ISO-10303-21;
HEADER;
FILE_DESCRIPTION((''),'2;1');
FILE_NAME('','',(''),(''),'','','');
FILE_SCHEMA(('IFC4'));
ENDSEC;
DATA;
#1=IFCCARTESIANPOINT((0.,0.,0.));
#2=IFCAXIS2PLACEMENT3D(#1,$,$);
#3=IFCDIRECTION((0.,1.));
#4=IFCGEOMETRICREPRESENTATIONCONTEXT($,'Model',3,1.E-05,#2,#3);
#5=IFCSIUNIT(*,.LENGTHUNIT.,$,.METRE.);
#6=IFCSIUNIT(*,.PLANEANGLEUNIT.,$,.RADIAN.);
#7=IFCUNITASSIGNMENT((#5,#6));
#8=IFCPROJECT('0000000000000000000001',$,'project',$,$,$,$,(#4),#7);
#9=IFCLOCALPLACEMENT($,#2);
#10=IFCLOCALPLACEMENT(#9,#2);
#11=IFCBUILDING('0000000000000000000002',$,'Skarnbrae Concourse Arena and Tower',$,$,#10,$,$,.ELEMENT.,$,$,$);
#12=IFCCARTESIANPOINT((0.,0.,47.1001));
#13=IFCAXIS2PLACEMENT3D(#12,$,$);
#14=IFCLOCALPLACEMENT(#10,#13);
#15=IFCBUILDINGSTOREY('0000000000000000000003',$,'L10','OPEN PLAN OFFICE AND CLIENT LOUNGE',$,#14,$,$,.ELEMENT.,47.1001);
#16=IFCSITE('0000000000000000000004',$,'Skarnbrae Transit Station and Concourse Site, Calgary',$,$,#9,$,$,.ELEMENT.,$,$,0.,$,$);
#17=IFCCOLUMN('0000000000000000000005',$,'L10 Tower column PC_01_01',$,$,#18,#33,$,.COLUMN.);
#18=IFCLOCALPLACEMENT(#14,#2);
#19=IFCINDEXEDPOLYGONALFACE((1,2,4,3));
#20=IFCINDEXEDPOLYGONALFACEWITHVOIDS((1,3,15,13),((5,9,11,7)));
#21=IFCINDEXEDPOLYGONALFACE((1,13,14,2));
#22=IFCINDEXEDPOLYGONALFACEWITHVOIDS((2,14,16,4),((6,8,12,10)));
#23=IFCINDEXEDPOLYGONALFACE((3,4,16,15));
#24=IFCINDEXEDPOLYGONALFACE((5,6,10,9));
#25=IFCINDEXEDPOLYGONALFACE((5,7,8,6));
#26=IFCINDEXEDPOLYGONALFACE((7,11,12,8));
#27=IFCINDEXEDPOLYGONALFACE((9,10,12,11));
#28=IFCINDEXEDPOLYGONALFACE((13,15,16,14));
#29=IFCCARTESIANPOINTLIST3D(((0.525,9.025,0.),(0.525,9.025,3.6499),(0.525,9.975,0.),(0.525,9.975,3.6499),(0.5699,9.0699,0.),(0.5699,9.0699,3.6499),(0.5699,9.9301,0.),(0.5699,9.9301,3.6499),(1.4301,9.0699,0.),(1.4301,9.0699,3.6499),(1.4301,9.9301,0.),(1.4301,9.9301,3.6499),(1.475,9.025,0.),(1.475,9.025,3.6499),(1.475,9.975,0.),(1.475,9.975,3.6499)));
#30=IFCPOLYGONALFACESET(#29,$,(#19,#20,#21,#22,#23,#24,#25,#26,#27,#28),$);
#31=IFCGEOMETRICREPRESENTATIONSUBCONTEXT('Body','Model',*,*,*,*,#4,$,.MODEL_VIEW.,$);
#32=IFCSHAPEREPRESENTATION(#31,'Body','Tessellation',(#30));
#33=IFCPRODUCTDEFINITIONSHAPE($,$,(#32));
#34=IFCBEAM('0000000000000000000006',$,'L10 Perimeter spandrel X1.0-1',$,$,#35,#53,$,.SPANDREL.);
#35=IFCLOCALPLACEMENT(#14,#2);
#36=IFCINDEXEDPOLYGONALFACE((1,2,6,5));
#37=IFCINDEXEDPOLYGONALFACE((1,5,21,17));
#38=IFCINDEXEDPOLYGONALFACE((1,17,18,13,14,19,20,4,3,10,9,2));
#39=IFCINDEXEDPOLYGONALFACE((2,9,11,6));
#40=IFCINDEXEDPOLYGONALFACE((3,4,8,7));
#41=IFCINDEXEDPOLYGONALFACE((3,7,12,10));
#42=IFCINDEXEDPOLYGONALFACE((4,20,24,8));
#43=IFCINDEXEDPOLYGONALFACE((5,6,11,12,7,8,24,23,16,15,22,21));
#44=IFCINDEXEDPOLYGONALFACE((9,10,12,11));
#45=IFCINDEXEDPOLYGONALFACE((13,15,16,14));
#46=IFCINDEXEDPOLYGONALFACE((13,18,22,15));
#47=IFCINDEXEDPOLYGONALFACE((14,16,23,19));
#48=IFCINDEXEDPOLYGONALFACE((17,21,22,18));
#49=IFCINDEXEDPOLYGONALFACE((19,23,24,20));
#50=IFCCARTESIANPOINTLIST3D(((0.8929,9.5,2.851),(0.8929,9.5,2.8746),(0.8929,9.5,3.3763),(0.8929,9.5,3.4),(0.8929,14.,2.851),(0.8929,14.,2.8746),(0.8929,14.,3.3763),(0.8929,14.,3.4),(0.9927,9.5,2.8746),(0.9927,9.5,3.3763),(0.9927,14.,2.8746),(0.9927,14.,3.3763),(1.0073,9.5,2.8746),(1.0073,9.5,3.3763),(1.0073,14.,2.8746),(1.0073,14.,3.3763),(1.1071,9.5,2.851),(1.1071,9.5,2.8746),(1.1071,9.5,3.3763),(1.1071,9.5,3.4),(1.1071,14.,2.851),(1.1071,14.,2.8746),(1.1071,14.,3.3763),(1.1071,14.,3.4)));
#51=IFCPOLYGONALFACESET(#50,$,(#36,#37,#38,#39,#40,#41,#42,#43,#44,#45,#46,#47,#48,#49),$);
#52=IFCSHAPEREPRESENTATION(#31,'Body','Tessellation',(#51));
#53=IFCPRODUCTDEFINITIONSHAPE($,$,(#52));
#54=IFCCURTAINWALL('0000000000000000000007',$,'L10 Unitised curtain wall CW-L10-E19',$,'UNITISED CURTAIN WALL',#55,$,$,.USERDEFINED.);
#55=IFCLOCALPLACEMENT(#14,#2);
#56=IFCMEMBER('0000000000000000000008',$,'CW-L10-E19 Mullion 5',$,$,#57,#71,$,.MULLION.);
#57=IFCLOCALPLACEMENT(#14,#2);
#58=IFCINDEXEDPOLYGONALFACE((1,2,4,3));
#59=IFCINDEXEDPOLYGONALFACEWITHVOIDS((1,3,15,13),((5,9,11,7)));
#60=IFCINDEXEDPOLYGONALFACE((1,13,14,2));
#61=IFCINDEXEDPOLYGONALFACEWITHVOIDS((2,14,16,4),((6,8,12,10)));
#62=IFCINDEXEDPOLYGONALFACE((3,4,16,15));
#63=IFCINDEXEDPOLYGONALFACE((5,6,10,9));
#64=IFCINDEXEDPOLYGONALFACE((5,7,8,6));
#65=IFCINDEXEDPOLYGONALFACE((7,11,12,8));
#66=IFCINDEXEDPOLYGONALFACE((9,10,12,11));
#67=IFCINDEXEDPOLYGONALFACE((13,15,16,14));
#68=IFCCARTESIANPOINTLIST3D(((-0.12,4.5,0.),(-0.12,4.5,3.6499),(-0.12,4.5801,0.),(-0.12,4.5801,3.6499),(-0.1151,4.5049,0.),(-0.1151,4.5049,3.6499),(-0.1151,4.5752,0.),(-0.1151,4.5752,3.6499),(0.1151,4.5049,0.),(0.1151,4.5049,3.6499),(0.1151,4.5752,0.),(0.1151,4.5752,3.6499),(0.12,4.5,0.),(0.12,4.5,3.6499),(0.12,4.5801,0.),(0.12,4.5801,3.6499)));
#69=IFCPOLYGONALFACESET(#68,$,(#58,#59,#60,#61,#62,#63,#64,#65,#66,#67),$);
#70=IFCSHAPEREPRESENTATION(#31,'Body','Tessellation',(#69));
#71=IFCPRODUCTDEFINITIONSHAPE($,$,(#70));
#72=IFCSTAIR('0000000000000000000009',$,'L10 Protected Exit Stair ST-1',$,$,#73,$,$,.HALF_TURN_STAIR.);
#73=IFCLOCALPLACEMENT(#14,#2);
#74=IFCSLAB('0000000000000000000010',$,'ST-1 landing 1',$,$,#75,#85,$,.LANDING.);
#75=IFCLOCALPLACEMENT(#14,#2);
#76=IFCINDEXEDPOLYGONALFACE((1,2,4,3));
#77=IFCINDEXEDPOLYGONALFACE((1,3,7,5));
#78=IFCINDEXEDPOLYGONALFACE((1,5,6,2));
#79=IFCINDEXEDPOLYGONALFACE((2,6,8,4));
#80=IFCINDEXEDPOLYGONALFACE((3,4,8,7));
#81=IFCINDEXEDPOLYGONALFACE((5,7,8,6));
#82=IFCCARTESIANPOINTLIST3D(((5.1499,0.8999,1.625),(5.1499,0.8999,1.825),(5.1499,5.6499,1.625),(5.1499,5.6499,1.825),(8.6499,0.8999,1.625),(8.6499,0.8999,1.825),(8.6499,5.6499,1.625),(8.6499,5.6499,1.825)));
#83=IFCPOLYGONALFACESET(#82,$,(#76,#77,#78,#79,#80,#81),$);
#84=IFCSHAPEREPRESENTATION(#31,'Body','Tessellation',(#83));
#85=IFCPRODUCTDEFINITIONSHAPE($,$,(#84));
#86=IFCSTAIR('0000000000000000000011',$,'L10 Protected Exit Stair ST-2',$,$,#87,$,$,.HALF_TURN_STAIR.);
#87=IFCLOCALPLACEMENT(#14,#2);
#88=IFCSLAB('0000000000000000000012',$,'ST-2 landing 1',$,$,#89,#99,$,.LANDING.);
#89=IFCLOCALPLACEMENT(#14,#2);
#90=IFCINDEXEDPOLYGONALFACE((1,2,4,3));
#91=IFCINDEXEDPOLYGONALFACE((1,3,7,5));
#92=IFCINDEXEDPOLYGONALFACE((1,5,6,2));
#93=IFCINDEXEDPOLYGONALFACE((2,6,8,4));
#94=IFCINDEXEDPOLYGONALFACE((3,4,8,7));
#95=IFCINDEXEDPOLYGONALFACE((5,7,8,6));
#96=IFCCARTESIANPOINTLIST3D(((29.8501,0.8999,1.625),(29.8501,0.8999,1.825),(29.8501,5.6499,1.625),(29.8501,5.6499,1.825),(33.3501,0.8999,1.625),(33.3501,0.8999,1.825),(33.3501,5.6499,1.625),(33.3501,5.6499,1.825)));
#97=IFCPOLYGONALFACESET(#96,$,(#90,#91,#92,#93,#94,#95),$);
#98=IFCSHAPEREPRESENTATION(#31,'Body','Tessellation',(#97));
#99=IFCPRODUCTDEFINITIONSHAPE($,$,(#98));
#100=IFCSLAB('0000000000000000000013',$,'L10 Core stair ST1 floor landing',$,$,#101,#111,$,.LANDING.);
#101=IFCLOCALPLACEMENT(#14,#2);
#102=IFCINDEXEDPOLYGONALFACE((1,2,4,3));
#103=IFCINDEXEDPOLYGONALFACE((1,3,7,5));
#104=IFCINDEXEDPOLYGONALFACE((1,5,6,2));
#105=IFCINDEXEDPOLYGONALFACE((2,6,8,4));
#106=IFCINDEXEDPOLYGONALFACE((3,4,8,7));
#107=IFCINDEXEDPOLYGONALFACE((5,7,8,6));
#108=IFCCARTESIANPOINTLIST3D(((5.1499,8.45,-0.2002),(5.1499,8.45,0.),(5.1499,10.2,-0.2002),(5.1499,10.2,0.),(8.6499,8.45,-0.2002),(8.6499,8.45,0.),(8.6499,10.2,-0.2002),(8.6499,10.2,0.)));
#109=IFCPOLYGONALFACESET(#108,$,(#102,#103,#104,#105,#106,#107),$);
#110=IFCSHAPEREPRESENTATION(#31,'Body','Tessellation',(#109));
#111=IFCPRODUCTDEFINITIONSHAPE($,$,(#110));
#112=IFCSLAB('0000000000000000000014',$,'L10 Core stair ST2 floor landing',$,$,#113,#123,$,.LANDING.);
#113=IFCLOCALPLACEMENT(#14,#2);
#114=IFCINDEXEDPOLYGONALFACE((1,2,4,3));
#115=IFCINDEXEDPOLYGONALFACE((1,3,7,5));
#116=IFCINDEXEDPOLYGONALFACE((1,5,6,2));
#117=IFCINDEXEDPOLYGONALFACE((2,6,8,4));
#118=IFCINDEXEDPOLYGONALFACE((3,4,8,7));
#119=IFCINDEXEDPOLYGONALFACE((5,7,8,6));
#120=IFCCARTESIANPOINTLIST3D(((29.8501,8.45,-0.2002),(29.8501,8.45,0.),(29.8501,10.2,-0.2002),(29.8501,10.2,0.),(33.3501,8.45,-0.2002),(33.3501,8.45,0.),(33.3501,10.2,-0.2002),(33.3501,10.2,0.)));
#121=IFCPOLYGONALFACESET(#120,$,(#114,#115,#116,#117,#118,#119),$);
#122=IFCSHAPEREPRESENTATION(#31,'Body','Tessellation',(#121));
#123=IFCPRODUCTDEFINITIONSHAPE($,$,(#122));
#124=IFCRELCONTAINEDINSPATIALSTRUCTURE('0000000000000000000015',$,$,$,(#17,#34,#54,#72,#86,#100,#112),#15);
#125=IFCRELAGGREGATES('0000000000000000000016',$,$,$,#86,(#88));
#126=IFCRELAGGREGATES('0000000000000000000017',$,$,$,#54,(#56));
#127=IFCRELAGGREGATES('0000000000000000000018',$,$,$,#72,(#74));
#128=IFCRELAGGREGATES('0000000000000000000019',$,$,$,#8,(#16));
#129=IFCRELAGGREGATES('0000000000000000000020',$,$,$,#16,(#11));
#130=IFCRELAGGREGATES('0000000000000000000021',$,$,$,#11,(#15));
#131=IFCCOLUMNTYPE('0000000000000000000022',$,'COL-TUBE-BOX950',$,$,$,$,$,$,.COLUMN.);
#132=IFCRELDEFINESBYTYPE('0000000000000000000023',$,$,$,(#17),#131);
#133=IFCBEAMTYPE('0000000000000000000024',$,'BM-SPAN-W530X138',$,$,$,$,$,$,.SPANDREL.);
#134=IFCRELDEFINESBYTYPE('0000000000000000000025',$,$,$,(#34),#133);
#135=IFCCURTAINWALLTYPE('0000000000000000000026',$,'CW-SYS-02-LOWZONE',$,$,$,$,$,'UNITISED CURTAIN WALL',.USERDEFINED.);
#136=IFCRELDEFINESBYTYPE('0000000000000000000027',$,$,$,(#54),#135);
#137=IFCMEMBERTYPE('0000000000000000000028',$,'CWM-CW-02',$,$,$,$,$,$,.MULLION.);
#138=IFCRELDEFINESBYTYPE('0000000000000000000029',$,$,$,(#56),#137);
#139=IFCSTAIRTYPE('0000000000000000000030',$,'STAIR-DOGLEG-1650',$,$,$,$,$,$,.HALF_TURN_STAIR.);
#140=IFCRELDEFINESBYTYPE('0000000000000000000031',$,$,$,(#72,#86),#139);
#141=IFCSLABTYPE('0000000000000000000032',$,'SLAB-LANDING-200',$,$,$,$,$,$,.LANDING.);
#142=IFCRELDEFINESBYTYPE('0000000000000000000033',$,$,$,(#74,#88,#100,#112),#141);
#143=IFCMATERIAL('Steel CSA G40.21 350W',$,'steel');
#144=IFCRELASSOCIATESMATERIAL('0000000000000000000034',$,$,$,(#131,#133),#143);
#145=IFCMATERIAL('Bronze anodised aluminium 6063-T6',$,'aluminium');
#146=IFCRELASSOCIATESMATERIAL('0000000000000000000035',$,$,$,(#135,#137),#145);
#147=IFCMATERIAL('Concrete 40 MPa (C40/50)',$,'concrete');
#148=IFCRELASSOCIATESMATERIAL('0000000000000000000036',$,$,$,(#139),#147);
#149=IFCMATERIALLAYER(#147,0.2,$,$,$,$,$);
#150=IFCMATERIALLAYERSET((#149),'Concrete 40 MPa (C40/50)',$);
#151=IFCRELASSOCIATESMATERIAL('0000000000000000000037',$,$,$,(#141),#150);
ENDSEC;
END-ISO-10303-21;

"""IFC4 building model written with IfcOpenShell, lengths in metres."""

from ifc_helpers import new_model, si_unit, direction, frame, origin, origin_2d, place, context, subcontext, project, spatial, polyline, hollow_rectangle, i_section, outline, extrude, source, transform, mapped, material, layer, layer_set, material_profile, profile_set, type_object, element, aggregate, save


model = new_model("IFC4")

# Units and contexts
model_context = context("Model", 3, precision=1e-05, world=origin(), true_north=direction((0.0, 1.0)))
body_context = subcontext(model_context, "Body", "Model", "MODEL_VIEW")
ifc_project = project(units=[si_unit("LENGTHUNIT", "METRE"), si_unit("PLANEANGLEUNIT", "RADIAN")], contexts=[model_context])

# Site, building, storey
site_placement = place(None, origin())
site = spatial("IfcSite", under=ifc_project, at=site_placement, Name="Skarnbrae Transit Station and Concourse Site, Calgary", CompositionType="ELEMENT", RefElevation=0.0)
building_placement = place(site_placement, origin())
building = spatial("IfcBuilding", under=site, at=building_placement, Name="Skarnbrae Concourse Arena and Tower", CompositionType="ELEMENT")
storey_placement = place(building_placement, frame((0.0, 0.0, 47.1001)))
storey = spatial("IfcBuildingStorey", under=building, at=storey_placement, Name="L10", Description="OPEN PLAN OFFICE AND CLIENT LOUNGE", CompositionType="ELEMENT", Elevation=47.1001)

# Column
ifc_material_1 = material(Name="Steel CSA G40.21 350W", Category="steel")
ifc_material_profile_1 = material_profile(ifc_material_1, hollow_rectangle(XDim=0.95, YDim=0.95, WallThickness=0.0449, at=origin_2d()), Name="BOX950X950X45")
ifc_profile_set_1 = profile_set([ifc_material_profile_1], Name="Steel CSA G40.21 350W")
column_type = type_object("IfcColumnType", Name="COL-TUBE-BOX950", PredefinedType="COLUMN", material=ifc_profile_set_1)
shared_shape_1 = source(origin(), body_context, "Body", "SweptSolid", [
    extrude(hollow_rectangle(XDim=0.95, YDim=0.95, WallThickness=0.0449, at=origin_2d()), origin(), (0.0, 0.0, 1.0), 3.6499),
])
column_placement = place(storey_placement, frame((1.0, 9.5, 0.0), z_axis=(0.0, 0.0, 1.0), x_axis=(1.0, 0.0, 0.0)))
element("IfcColumn", 1, at=column_placement, inside=storey, type_object=column_type, Name="L10 Tower column PC_01_01", PredefinedType="COLUMN", context=body_context, shape_type="MappedRepresentation", body=[
    mapped(shared_shape_1, transform((0.0, 0.0, 0.0))),
])

# Beam
ifc_material_profile_2 = material_profile(ifc_material_1, i_section(OverallWidth=0.2141, OverallDepth=0.5491, WebThickness=0.0146, FlangeThickness=0.0237, at=origin_2d()), Name="W530X138")
ifc_profile_set_2 = profile_set([ifc_material_profile_2], Name="Steel CSA G40.21 350W")
beam_type = type_object("IfcBeamType", Name="BM-SPAN-W530X138", PredefinedType="SPANDREL", material=ifc_profile_set_2)
shared_shape_2 = source(origin(), body_context, "Body", "SweptSolid", [
    extrude(i_section(OverallWidth=0.2141, OverallDepth=0.5491, WebThickness=0.0146, FlangeThickness=0.0237, at=origin_2d()), origin(), (0.0, 0.0, 1.0), 4.5),
])
beam_placement = place(storey_placement, frame((1.0, 9.5, 3.1255), z_axis=(0.0, 1.0, 0.0), x_axis=(-1.0, 0.0, 0.0)))
element("IfcBeam", 2, at=beam_placement, inside=storey, type_object=beam_type, Name="L10 Perimeter spandrel X1.0-1", PredefinedType="SPANDREL", context=body_context, shape_type="MappedRepresentation", body=[
    mapped(shared_shape_2, transform((0.0, 0.0, 0.0))),
])

# Curtain wall, member
ifc_material_2 = material(Name="Bronze anodised aluminium 6063-T6", Category="aluminium")
curtain_wall_type = type_object("IfcCurtainWallType", Name="CW-SYS-02-LOWZONE", ElementType="UNITISED CURTAIN WALL", PredefinedType="USERDEFINED", material=ifc_material_2)
curtain_wall_placement = place(storey_placement, origin())
curtain_wall = element("IfcCurtainWall", 3, at=curtain_wall_placement, inside=storey, type_object=curtain_wall_type, Name="L10 Unitised curtain wall CW-L10-E19", ObjectType="UNITISED CURTAIN WALL", PredefinedType="USERDEFINED")
ifc_material_profile_3 = material_profile(ifc_material_2, hollow_rectangle(XDim=0.0801, YDim=0.24, WallThickness=0.0049, at=origin_2d()), Name="ALU-MULL-80X240")
ifc_profile_set_3 = profile_set([ifc_material_profile_3], Name="Bronze anodised aluminium 6063-T6")
member_type = type_object("IfcMemberType", Name="CWM-CW-02", PredefinedType="MULLION", material=ifc_profile_set_3)
shared_shape_3 = source(origin(), body_context, "Body", "SweptSolid", [
    extrude(hollow_rectangle(XDim=0.0801, YDim=0.24, WallThickness=0.0049, at=origin_2d()), origin(), (0.0, 0.0, 1.0), 3.6499),
])
member_placement = place(storey_placement, frame((0.0, 4.54, 0.0), z_axis=(0.0, 0.0, 1.0), x_axis=(0.0, -1.0, 0.0)))
member = element("IfcMember", 4, at=member_placement, type_object=member_type, Name="CW-L10-E19 Mullion 5", PredefinedType="MULLION", context=body_context, shape_type="MappedRepresentation", body=[
    mapped(shared_shape_3, transform((0.0, 0.0, 0.0))),
])

# Stairs, slabs
ifc_material_3 = material(Name="Concrete 40 MPa (C40/50)", Category="concrete")
stair_type = type_object("IfcStairType", Name="STAIR-DOGLEG-1650", PredefinedType="HALF_TURN_STAIR", material=ifc_material_3)
stair_1_placement = place(storey_placement, origin())
stair_1 = element("IfcStair", 5, at=stair_1_placement, inside=storey, type_object=stair_type, Name="L10 Protected Exit Stair ST-1", PredefinedType="HALF_TURN_STAIR")
ifc_layer_1 = layer(ifc_material_3, 0.2)
ifc_layer_set_1 = layer_set([ifc_layer_1], Name="Concrete 40 MPa (C40/50)")
slab_type_1 = type_object("IfcSlabType", Name="SLAB-LANDING-200", PredefinedType="LANDING", material=ifc_layer_set_1)
slab_1_placement = place(storey_placement, frame((0.0, 0.0, 1.625)))
slab_1 = element("IfcSlab", 6, at=slab_1_placement, type_object=slab_type_1, Name="ST-1 landing 1", PredefinedType="LANDING", context=body_context, shape_type="SweptSolid", body=[
    extrude(outline(polyline([(5.1499, 5.6499), (5.1499, 0.8999), (8.6499, 0.8999), (8.6499, 5.6499), (5.1499, 5.6499)])), origin(), (0.0, 0.0, 1.0), 0.2),
])
stair_2_placement = place(storey_placement, origin())
stair_2 = element("IfcStair", 7, at=stair_2_placement, inside=storey, type_object=stair_type, Name="L10 Protected Exit Stair ST-2", PredefinedType="HALF_TURN_STAIR")
slab_2_placement = place(storey_placement, frame((0.0, 0.0, 1.625)))
slab_2 = element("IfcSlab", 8, at=slab_2_placement, type_object=slab_type_1, Name="ST-2 landing 1", PredefinedType="LANDING", context=body_context, shape_type="SweptSolid", body=[
    extrude(outline(polyline([(29.8501, 5.6499), (29.8501, 0.8999), (33.3501, 0.8999), (33.3501, 5.6499), (29.8501, 5.6499)])), origin(), (0.0, 0.0, 1.0), 0.2),
])
aggregate(stair_2, [slab_2])

# Slabs
slab_3_placement = place(storey_placement, frame((0.0, 0.0, -0.2002)))
element("IfcSlab", 9, at=slab_3_placement, inside=storey, type_object=slab_type_1, Name="L10 Core stair ST1 floor landing", PredefinedType="LANDING", context=body_context, shape_type="SweptSolid", body=[
    extrude(outline(polyline([(5.1499, 10.2), (5.1499, 8.45), (8.6499, 8.45), (8.6499, 10.2), (5.1499, 10.2)])), origin(), (0.0, 0.0, 1.0), 0.2002),
])
slab_4_placement = place(storey_placement, frame((0.0, 0.0, -0.2002)))
element("IfcSlab", 10, at=slab_4_placement, inside=storey, type_object=slab_type_1, Name="L10 Core stair ST2 floor landing", PredefinedType="LANDING", context=body_context, shape_type="SweptSolid", body=[
    extrude(outline(polyline([(29.8501, 10.2), (29.8501, 8.45), (33.3501, 8.45), (33.3501, 10.2), (29.8501, 10.2)])), origin(), (0.0, 0.0, 1.0), 0.2002),
])

aggregate(curtain_wall, [member])

aggregate(stair_1, [slab_1])

save(model, "model.ifc")
